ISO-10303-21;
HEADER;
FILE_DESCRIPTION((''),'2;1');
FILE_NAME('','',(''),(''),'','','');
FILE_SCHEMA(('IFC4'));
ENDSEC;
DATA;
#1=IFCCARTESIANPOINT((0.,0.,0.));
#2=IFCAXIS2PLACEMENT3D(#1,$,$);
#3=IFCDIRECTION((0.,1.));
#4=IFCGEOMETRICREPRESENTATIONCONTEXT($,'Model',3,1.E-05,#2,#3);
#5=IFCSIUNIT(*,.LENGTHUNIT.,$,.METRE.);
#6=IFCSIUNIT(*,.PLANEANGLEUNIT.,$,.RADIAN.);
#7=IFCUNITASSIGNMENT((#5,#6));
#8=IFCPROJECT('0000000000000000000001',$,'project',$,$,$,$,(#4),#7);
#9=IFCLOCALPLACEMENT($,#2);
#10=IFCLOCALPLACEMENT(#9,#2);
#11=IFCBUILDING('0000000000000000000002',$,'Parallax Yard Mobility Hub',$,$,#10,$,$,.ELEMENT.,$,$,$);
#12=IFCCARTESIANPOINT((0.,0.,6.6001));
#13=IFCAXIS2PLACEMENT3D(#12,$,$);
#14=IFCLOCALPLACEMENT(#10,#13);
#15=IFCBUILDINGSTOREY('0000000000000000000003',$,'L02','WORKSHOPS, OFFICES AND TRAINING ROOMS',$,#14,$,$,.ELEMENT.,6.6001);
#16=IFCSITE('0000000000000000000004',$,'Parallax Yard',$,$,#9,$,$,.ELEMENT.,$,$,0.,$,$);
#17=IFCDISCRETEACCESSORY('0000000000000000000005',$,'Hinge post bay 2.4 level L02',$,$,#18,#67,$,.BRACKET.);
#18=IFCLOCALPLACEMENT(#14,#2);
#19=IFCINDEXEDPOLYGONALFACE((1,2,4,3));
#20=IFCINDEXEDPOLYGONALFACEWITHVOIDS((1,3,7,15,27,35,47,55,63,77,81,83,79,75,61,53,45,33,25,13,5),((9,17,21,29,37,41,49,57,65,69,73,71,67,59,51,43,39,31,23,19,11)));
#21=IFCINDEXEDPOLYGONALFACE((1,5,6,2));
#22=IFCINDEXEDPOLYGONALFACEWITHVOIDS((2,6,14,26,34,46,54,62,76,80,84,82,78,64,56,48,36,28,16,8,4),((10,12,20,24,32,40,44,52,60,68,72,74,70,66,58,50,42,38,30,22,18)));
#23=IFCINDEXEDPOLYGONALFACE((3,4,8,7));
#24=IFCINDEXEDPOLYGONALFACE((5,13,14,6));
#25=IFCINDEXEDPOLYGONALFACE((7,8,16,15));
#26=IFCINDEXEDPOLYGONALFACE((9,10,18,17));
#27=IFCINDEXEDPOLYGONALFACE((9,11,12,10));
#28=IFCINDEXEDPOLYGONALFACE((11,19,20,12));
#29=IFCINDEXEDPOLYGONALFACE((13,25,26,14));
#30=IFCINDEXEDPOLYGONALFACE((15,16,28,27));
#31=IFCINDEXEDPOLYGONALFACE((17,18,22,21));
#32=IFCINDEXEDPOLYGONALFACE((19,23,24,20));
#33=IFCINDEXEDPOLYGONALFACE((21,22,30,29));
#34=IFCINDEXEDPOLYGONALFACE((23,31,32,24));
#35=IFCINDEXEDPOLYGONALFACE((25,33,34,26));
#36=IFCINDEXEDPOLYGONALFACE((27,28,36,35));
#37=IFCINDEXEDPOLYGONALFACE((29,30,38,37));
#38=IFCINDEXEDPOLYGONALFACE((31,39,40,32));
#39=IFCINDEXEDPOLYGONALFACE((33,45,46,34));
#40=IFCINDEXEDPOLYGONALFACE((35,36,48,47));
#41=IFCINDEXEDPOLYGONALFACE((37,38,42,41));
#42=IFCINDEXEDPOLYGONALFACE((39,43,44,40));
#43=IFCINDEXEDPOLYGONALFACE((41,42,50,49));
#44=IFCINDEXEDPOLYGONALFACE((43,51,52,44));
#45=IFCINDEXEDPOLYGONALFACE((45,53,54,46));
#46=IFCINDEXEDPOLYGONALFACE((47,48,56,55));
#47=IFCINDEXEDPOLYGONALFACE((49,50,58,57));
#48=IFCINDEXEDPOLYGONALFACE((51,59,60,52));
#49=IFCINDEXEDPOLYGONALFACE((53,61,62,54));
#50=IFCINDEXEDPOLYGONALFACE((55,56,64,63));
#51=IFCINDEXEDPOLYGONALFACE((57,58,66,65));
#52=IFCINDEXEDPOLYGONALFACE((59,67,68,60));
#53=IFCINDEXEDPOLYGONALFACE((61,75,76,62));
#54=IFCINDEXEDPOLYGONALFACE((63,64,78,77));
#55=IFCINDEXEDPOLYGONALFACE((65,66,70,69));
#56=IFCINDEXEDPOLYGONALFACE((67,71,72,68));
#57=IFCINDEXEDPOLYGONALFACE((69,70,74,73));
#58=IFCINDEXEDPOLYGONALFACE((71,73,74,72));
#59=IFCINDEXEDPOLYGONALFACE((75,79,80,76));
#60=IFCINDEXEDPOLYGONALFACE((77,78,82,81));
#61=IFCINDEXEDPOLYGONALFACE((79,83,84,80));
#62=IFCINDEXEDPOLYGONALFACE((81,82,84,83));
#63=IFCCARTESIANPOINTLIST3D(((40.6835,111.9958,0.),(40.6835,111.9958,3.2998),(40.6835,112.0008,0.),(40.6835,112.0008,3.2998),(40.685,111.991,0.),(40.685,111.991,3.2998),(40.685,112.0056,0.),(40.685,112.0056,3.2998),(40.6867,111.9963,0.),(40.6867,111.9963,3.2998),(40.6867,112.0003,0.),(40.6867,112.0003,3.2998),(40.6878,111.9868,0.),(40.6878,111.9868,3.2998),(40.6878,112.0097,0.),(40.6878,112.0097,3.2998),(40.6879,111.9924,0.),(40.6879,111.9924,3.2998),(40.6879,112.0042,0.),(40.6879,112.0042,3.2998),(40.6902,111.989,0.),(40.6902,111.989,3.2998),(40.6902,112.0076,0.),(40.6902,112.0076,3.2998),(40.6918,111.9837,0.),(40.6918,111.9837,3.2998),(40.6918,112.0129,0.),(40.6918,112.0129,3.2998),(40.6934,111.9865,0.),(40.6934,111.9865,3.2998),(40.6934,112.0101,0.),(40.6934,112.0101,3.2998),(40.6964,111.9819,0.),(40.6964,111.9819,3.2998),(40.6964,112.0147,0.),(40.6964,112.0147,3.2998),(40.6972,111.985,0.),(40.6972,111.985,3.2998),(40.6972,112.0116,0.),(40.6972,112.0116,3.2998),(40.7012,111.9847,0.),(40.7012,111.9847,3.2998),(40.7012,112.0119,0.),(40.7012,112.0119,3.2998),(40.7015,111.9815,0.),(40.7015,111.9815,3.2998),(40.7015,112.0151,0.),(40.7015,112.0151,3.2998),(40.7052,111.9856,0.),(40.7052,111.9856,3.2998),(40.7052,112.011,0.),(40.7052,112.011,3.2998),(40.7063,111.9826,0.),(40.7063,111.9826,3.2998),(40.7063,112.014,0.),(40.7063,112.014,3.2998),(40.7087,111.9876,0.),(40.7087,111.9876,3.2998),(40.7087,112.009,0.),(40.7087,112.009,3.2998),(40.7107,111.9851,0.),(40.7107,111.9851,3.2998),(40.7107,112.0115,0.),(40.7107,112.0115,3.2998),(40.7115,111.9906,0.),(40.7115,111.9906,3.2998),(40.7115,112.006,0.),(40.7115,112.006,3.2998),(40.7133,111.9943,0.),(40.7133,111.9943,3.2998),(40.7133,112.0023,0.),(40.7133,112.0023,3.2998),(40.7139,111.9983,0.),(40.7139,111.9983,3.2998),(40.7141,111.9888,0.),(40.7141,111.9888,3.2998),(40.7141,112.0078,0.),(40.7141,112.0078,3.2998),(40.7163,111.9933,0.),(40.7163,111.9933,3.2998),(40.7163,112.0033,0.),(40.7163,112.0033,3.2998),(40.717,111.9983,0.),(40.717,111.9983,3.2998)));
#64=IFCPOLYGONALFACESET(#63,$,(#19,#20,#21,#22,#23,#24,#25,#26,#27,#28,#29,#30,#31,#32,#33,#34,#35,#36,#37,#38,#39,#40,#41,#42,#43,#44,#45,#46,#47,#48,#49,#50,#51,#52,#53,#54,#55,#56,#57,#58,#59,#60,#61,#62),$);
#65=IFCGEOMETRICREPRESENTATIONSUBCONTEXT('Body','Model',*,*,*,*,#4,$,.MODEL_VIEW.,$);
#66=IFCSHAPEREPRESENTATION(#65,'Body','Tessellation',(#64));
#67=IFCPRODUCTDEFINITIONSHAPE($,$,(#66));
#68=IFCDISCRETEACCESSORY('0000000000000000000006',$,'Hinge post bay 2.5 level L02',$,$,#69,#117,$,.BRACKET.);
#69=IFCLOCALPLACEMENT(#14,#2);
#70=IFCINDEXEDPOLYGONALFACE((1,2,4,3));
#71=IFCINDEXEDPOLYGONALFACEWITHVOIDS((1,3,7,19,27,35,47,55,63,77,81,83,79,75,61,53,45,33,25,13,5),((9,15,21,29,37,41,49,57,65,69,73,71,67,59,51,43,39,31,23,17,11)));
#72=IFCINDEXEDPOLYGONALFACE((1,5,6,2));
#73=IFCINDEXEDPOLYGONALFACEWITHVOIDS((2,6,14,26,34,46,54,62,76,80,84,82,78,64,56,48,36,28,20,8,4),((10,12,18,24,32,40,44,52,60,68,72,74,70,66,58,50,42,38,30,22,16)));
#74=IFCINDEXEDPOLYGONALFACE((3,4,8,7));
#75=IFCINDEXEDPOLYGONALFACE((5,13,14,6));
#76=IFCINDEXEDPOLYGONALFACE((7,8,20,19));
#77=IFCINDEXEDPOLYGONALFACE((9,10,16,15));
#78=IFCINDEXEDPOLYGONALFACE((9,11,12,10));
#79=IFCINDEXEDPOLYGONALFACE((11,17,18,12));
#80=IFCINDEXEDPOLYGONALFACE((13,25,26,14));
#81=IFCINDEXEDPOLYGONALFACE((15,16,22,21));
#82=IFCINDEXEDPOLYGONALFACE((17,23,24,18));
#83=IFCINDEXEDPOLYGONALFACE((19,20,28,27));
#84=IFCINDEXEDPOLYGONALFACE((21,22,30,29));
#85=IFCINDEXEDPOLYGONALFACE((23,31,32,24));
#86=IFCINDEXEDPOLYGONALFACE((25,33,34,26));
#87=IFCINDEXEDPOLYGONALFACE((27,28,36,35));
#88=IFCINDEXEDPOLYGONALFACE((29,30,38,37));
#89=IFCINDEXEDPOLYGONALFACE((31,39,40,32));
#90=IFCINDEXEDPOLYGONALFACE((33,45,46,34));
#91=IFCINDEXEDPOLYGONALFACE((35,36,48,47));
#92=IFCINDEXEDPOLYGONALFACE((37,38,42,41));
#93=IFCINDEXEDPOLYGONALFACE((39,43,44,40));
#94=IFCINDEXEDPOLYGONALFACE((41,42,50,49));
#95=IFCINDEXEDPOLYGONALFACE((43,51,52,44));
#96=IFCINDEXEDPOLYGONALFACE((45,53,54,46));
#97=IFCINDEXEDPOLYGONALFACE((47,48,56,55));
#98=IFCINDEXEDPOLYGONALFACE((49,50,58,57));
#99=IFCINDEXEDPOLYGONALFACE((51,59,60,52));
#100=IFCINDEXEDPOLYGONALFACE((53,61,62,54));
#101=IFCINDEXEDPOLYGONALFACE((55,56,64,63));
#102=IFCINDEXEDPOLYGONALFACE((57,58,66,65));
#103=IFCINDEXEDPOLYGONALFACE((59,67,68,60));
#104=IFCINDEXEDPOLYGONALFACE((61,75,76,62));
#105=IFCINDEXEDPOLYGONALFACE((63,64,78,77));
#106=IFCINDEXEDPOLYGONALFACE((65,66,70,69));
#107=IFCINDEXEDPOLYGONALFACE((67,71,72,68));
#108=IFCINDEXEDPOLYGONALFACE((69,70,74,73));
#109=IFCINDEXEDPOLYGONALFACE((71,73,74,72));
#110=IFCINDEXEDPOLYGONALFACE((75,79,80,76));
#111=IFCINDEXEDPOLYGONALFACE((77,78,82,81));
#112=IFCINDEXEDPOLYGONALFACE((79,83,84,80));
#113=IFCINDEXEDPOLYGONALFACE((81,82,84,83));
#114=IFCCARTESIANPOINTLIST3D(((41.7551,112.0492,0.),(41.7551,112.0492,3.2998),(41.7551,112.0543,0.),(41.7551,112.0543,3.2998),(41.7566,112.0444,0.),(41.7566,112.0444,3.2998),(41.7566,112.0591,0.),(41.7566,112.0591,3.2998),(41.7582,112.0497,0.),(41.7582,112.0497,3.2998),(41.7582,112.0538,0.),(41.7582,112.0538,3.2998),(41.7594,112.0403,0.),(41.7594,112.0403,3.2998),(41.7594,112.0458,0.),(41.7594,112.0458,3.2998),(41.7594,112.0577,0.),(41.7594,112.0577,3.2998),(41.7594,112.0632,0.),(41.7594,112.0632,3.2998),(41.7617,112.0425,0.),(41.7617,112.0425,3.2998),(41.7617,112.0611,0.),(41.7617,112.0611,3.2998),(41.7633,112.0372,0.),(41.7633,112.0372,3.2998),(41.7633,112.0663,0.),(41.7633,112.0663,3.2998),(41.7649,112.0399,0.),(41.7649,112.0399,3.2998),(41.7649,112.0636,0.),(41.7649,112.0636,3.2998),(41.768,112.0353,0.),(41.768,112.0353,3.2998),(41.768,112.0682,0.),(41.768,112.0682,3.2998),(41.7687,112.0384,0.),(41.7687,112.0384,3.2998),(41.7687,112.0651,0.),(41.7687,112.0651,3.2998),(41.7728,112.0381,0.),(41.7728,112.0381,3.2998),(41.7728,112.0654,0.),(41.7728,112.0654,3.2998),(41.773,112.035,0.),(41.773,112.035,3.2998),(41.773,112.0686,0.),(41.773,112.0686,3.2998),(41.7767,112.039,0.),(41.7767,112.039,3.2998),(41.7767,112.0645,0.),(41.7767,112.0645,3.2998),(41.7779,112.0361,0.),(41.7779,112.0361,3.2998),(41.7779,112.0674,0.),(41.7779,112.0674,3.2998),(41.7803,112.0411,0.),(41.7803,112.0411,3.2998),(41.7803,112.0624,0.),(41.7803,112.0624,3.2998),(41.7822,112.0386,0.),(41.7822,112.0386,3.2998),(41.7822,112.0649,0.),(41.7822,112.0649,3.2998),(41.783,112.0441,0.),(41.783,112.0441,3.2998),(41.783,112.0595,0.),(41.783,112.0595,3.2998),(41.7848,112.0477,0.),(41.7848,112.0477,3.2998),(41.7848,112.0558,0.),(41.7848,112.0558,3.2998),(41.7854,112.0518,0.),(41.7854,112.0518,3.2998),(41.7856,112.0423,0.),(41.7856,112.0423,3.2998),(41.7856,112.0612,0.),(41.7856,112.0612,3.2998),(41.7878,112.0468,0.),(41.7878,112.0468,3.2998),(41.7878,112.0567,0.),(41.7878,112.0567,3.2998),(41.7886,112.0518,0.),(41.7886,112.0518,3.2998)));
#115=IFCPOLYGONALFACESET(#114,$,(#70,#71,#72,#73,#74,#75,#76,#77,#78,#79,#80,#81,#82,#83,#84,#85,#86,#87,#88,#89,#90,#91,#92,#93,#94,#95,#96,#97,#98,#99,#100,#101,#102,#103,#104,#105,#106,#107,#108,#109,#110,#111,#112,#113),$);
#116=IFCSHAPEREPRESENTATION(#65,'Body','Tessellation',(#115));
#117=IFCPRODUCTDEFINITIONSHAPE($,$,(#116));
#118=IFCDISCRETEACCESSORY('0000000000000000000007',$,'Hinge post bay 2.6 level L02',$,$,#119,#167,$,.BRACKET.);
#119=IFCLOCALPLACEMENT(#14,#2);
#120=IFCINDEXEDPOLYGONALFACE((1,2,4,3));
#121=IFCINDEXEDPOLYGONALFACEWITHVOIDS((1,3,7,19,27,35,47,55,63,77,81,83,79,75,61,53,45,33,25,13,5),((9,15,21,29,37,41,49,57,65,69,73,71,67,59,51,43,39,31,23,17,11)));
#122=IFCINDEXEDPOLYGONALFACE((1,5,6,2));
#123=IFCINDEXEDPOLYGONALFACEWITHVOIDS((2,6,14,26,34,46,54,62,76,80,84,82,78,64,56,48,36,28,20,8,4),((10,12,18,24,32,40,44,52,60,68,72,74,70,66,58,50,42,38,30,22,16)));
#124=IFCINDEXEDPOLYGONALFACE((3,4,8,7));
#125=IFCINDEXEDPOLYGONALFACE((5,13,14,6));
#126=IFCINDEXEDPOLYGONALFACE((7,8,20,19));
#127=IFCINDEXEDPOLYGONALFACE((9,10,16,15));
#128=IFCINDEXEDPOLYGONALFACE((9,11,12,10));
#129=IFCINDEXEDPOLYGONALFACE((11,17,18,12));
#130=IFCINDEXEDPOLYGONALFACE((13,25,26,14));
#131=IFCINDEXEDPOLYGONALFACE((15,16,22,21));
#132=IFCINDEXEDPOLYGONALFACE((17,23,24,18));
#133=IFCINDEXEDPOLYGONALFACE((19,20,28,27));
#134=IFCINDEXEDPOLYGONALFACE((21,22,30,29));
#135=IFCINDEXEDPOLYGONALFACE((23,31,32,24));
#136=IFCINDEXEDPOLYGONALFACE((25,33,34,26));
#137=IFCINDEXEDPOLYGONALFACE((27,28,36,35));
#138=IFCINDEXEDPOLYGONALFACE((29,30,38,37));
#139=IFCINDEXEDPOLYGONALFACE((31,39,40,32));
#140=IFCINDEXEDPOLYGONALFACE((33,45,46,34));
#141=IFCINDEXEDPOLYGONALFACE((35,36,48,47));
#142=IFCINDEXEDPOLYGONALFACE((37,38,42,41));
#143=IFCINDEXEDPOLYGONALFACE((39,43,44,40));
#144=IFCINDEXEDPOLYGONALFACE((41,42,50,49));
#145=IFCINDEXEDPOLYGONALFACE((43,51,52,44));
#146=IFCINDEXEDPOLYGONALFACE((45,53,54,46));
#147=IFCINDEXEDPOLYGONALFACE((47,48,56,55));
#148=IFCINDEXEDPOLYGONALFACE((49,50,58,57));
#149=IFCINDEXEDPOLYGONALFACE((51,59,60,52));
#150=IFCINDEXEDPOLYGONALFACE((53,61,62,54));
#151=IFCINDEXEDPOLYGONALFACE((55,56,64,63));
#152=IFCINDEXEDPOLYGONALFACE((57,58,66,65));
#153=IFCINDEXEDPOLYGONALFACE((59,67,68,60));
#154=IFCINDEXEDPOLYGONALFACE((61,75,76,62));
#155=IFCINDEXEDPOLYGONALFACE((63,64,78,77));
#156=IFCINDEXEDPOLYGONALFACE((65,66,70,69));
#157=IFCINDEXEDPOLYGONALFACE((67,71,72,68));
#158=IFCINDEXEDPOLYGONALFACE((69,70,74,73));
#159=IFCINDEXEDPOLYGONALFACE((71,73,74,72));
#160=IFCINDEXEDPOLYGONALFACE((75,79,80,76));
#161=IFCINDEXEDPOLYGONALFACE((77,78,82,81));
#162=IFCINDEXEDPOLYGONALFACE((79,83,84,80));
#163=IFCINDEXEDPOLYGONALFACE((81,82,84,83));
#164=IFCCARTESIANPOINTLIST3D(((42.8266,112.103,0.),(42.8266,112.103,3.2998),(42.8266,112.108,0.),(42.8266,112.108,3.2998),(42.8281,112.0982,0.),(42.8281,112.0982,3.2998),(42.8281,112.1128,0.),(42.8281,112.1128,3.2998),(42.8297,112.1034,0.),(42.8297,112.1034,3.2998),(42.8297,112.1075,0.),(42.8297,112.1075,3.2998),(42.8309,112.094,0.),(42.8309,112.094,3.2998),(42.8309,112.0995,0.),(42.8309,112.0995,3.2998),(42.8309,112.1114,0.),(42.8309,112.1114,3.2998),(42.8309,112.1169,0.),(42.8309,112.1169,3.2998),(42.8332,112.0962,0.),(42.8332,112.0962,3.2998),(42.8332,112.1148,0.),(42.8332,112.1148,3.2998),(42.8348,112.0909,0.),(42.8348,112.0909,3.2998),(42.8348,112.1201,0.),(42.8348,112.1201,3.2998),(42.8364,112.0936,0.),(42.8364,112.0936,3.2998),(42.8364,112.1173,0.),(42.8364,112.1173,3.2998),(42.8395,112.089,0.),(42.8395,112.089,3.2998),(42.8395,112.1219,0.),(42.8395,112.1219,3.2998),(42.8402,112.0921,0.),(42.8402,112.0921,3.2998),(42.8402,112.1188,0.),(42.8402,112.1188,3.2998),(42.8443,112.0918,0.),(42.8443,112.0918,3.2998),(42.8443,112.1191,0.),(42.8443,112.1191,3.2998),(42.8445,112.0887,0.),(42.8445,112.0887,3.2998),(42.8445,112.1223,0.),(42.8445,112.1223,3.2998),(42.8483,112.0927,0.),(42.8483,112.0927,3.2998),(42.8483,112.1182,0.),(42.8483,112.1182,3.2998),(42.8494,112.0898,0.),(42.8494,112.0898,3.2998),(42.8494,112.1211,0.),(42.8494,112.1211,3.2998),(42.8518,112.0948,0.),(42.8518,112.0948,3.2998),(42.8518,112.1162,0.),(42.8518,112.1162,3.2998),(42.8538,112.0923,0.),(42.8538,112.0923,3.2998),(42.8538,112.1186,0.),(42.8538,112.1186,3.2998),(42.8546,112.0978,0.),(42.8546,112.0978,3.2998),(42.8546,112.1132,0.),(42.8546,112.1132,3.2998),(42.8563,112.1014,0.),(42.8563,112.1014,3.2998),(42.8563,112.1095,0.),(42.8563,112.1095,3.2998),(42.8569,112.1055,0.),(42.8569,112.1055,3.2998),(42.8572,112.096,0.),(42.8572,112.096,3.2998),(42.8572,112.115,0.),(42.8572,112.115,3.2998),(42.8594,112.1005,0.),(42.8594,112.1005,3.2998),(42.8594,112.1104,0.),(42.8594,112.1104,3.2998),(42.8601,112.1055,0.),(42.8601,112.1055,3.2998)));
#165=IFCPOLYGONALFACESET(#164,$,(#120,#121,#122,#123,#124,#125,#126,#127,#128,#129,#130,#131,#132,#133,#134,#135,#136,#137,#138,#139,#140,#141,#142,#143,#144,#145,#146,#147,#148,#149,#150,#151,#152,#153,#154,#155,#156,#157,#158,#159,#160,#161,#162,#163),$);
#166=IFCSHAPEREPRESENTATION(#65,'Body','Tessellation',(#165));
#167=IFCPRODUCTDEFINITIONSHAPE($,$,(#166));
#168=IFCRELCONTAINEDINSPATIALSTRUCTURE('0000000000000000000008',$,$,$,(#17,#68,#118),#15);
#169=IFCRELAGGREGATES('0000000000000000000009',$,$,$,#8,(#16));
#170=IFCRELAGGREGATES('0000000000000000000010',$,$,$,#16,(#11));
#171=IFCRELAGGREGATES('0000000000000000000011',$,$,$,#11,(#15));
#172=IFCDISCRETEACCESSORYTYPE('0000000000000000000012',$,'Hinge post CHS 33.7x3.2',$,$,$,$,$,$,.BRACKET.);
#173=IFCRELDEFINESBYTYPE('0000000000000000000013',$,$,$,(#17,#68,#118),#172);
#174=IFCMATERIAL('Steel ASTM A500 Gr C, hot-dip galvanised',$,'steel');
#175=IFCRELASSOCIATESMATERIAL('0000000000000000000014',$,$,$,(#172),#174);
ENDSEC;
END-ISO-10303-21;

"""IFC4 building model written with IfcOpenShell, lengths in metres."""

from ifc_helpers import new_model, si_unit, direction, frame, origin, origin_2d, place, context, subcontext, project, spatial, hollow_circle, extrude, material, material_profile, profile_set, type_object, element, save


model = new_model("IFC4")

# Units and contexts
model_context = context("Model", 3, precision=1e-05, world=origin(), true_north=direction((0.0, 1.0)))
body_context = subcontext(model_context, "Body", "Model", "MODEL_VIEW")
ifc_project = project(units=[si_unit("LENGTHUNIT", "METRE"), si_unit("PLANEANGLEUNIT", "RADIAN")], contexts=[model_context])

# Site, building, storey
site_placement = place(None, origin())
site = spatial("IfcSite", under=ifc_project, at=site_placement, Name="Parallax Yard", CompositionType="ELEMENT", RefElevation=0.0)
building_placement = place(site_placement, origin())
building = spatial("IfcBuilding", under=site, at=building_placement, Name="Parallax Yard Mobility Hub", CompositionType="ELEMENT")
storey_placement = place(building_placement, frame((0.0, 0.0, 6.6001)))
storey = spatial("IfcBuildingStorey", under=building, at=storey_placement, Name="L02", Description="WORKSHOPS, OFFICES AND TRAINING ROOMS", CompositionType="ELEMENT", Elevation=6.6001)

# Discrete accessories
ifc_material_1 = material(Name="Steel ASTM A500 Gr C, hot-dip galvanised", Category="steel")
ifc_material_profile_1 = material_profile(ifc_material_1, hollow_circle(Radius=0.0168, WallThickness=0.0032, at=origin_2d()), Name="CHS 33.7x3.2")
ifc_profile_set_1 = profile_set([ifc_material_profile_1], Name="Steel ASTM A500 Gr C, hot-dip galvanised")
discrete_accessory_type_1 = type_object("IfcDiscreteAccessoryType", Name="Hinge post CHS 33.7x3.2", PredefinedType="BRACKET", material=ifc_profile_set_1)
for number, where, z_axis, x_axis, name in (
    (1, (40.7002, 111.9983, 0.0), (0.0, 0.0, 1.0), (1.0, 0.0, 0.0), "Hinge post bay 2.4 level L02"),
    (2, (41.7717, 112.0518, 0.0), (0.0, 0.0, 1.0), (1.0, 0.0, 0.0), "Hinge post bay 2.5 level L02"),
    (3, (42.8433, 112.1055, 0.0), (0.0, 0.0, 1.0), (1.0, 0.0, 0.0), "Hinge post bay 2.6 level L02"),
):
    element("IfcDiscreteAccessory", number, at=place(storey_placement, frame(where, z_axis=z_axis, x_axis=x_axis)), inside=storey, type_object=discrete_accessory_type_1, Name=name, PredefinedType="BRACKET", context=body_context, shape_type="SweptSolid", body=[
        extrude(hollow_circle(Radius=0.0168, WallThickness=0.0032, at=origin_2d()), origin(), (0.0, 0.0, 1.0), 3.2998),
    ])

save(model, "model.ifc")
